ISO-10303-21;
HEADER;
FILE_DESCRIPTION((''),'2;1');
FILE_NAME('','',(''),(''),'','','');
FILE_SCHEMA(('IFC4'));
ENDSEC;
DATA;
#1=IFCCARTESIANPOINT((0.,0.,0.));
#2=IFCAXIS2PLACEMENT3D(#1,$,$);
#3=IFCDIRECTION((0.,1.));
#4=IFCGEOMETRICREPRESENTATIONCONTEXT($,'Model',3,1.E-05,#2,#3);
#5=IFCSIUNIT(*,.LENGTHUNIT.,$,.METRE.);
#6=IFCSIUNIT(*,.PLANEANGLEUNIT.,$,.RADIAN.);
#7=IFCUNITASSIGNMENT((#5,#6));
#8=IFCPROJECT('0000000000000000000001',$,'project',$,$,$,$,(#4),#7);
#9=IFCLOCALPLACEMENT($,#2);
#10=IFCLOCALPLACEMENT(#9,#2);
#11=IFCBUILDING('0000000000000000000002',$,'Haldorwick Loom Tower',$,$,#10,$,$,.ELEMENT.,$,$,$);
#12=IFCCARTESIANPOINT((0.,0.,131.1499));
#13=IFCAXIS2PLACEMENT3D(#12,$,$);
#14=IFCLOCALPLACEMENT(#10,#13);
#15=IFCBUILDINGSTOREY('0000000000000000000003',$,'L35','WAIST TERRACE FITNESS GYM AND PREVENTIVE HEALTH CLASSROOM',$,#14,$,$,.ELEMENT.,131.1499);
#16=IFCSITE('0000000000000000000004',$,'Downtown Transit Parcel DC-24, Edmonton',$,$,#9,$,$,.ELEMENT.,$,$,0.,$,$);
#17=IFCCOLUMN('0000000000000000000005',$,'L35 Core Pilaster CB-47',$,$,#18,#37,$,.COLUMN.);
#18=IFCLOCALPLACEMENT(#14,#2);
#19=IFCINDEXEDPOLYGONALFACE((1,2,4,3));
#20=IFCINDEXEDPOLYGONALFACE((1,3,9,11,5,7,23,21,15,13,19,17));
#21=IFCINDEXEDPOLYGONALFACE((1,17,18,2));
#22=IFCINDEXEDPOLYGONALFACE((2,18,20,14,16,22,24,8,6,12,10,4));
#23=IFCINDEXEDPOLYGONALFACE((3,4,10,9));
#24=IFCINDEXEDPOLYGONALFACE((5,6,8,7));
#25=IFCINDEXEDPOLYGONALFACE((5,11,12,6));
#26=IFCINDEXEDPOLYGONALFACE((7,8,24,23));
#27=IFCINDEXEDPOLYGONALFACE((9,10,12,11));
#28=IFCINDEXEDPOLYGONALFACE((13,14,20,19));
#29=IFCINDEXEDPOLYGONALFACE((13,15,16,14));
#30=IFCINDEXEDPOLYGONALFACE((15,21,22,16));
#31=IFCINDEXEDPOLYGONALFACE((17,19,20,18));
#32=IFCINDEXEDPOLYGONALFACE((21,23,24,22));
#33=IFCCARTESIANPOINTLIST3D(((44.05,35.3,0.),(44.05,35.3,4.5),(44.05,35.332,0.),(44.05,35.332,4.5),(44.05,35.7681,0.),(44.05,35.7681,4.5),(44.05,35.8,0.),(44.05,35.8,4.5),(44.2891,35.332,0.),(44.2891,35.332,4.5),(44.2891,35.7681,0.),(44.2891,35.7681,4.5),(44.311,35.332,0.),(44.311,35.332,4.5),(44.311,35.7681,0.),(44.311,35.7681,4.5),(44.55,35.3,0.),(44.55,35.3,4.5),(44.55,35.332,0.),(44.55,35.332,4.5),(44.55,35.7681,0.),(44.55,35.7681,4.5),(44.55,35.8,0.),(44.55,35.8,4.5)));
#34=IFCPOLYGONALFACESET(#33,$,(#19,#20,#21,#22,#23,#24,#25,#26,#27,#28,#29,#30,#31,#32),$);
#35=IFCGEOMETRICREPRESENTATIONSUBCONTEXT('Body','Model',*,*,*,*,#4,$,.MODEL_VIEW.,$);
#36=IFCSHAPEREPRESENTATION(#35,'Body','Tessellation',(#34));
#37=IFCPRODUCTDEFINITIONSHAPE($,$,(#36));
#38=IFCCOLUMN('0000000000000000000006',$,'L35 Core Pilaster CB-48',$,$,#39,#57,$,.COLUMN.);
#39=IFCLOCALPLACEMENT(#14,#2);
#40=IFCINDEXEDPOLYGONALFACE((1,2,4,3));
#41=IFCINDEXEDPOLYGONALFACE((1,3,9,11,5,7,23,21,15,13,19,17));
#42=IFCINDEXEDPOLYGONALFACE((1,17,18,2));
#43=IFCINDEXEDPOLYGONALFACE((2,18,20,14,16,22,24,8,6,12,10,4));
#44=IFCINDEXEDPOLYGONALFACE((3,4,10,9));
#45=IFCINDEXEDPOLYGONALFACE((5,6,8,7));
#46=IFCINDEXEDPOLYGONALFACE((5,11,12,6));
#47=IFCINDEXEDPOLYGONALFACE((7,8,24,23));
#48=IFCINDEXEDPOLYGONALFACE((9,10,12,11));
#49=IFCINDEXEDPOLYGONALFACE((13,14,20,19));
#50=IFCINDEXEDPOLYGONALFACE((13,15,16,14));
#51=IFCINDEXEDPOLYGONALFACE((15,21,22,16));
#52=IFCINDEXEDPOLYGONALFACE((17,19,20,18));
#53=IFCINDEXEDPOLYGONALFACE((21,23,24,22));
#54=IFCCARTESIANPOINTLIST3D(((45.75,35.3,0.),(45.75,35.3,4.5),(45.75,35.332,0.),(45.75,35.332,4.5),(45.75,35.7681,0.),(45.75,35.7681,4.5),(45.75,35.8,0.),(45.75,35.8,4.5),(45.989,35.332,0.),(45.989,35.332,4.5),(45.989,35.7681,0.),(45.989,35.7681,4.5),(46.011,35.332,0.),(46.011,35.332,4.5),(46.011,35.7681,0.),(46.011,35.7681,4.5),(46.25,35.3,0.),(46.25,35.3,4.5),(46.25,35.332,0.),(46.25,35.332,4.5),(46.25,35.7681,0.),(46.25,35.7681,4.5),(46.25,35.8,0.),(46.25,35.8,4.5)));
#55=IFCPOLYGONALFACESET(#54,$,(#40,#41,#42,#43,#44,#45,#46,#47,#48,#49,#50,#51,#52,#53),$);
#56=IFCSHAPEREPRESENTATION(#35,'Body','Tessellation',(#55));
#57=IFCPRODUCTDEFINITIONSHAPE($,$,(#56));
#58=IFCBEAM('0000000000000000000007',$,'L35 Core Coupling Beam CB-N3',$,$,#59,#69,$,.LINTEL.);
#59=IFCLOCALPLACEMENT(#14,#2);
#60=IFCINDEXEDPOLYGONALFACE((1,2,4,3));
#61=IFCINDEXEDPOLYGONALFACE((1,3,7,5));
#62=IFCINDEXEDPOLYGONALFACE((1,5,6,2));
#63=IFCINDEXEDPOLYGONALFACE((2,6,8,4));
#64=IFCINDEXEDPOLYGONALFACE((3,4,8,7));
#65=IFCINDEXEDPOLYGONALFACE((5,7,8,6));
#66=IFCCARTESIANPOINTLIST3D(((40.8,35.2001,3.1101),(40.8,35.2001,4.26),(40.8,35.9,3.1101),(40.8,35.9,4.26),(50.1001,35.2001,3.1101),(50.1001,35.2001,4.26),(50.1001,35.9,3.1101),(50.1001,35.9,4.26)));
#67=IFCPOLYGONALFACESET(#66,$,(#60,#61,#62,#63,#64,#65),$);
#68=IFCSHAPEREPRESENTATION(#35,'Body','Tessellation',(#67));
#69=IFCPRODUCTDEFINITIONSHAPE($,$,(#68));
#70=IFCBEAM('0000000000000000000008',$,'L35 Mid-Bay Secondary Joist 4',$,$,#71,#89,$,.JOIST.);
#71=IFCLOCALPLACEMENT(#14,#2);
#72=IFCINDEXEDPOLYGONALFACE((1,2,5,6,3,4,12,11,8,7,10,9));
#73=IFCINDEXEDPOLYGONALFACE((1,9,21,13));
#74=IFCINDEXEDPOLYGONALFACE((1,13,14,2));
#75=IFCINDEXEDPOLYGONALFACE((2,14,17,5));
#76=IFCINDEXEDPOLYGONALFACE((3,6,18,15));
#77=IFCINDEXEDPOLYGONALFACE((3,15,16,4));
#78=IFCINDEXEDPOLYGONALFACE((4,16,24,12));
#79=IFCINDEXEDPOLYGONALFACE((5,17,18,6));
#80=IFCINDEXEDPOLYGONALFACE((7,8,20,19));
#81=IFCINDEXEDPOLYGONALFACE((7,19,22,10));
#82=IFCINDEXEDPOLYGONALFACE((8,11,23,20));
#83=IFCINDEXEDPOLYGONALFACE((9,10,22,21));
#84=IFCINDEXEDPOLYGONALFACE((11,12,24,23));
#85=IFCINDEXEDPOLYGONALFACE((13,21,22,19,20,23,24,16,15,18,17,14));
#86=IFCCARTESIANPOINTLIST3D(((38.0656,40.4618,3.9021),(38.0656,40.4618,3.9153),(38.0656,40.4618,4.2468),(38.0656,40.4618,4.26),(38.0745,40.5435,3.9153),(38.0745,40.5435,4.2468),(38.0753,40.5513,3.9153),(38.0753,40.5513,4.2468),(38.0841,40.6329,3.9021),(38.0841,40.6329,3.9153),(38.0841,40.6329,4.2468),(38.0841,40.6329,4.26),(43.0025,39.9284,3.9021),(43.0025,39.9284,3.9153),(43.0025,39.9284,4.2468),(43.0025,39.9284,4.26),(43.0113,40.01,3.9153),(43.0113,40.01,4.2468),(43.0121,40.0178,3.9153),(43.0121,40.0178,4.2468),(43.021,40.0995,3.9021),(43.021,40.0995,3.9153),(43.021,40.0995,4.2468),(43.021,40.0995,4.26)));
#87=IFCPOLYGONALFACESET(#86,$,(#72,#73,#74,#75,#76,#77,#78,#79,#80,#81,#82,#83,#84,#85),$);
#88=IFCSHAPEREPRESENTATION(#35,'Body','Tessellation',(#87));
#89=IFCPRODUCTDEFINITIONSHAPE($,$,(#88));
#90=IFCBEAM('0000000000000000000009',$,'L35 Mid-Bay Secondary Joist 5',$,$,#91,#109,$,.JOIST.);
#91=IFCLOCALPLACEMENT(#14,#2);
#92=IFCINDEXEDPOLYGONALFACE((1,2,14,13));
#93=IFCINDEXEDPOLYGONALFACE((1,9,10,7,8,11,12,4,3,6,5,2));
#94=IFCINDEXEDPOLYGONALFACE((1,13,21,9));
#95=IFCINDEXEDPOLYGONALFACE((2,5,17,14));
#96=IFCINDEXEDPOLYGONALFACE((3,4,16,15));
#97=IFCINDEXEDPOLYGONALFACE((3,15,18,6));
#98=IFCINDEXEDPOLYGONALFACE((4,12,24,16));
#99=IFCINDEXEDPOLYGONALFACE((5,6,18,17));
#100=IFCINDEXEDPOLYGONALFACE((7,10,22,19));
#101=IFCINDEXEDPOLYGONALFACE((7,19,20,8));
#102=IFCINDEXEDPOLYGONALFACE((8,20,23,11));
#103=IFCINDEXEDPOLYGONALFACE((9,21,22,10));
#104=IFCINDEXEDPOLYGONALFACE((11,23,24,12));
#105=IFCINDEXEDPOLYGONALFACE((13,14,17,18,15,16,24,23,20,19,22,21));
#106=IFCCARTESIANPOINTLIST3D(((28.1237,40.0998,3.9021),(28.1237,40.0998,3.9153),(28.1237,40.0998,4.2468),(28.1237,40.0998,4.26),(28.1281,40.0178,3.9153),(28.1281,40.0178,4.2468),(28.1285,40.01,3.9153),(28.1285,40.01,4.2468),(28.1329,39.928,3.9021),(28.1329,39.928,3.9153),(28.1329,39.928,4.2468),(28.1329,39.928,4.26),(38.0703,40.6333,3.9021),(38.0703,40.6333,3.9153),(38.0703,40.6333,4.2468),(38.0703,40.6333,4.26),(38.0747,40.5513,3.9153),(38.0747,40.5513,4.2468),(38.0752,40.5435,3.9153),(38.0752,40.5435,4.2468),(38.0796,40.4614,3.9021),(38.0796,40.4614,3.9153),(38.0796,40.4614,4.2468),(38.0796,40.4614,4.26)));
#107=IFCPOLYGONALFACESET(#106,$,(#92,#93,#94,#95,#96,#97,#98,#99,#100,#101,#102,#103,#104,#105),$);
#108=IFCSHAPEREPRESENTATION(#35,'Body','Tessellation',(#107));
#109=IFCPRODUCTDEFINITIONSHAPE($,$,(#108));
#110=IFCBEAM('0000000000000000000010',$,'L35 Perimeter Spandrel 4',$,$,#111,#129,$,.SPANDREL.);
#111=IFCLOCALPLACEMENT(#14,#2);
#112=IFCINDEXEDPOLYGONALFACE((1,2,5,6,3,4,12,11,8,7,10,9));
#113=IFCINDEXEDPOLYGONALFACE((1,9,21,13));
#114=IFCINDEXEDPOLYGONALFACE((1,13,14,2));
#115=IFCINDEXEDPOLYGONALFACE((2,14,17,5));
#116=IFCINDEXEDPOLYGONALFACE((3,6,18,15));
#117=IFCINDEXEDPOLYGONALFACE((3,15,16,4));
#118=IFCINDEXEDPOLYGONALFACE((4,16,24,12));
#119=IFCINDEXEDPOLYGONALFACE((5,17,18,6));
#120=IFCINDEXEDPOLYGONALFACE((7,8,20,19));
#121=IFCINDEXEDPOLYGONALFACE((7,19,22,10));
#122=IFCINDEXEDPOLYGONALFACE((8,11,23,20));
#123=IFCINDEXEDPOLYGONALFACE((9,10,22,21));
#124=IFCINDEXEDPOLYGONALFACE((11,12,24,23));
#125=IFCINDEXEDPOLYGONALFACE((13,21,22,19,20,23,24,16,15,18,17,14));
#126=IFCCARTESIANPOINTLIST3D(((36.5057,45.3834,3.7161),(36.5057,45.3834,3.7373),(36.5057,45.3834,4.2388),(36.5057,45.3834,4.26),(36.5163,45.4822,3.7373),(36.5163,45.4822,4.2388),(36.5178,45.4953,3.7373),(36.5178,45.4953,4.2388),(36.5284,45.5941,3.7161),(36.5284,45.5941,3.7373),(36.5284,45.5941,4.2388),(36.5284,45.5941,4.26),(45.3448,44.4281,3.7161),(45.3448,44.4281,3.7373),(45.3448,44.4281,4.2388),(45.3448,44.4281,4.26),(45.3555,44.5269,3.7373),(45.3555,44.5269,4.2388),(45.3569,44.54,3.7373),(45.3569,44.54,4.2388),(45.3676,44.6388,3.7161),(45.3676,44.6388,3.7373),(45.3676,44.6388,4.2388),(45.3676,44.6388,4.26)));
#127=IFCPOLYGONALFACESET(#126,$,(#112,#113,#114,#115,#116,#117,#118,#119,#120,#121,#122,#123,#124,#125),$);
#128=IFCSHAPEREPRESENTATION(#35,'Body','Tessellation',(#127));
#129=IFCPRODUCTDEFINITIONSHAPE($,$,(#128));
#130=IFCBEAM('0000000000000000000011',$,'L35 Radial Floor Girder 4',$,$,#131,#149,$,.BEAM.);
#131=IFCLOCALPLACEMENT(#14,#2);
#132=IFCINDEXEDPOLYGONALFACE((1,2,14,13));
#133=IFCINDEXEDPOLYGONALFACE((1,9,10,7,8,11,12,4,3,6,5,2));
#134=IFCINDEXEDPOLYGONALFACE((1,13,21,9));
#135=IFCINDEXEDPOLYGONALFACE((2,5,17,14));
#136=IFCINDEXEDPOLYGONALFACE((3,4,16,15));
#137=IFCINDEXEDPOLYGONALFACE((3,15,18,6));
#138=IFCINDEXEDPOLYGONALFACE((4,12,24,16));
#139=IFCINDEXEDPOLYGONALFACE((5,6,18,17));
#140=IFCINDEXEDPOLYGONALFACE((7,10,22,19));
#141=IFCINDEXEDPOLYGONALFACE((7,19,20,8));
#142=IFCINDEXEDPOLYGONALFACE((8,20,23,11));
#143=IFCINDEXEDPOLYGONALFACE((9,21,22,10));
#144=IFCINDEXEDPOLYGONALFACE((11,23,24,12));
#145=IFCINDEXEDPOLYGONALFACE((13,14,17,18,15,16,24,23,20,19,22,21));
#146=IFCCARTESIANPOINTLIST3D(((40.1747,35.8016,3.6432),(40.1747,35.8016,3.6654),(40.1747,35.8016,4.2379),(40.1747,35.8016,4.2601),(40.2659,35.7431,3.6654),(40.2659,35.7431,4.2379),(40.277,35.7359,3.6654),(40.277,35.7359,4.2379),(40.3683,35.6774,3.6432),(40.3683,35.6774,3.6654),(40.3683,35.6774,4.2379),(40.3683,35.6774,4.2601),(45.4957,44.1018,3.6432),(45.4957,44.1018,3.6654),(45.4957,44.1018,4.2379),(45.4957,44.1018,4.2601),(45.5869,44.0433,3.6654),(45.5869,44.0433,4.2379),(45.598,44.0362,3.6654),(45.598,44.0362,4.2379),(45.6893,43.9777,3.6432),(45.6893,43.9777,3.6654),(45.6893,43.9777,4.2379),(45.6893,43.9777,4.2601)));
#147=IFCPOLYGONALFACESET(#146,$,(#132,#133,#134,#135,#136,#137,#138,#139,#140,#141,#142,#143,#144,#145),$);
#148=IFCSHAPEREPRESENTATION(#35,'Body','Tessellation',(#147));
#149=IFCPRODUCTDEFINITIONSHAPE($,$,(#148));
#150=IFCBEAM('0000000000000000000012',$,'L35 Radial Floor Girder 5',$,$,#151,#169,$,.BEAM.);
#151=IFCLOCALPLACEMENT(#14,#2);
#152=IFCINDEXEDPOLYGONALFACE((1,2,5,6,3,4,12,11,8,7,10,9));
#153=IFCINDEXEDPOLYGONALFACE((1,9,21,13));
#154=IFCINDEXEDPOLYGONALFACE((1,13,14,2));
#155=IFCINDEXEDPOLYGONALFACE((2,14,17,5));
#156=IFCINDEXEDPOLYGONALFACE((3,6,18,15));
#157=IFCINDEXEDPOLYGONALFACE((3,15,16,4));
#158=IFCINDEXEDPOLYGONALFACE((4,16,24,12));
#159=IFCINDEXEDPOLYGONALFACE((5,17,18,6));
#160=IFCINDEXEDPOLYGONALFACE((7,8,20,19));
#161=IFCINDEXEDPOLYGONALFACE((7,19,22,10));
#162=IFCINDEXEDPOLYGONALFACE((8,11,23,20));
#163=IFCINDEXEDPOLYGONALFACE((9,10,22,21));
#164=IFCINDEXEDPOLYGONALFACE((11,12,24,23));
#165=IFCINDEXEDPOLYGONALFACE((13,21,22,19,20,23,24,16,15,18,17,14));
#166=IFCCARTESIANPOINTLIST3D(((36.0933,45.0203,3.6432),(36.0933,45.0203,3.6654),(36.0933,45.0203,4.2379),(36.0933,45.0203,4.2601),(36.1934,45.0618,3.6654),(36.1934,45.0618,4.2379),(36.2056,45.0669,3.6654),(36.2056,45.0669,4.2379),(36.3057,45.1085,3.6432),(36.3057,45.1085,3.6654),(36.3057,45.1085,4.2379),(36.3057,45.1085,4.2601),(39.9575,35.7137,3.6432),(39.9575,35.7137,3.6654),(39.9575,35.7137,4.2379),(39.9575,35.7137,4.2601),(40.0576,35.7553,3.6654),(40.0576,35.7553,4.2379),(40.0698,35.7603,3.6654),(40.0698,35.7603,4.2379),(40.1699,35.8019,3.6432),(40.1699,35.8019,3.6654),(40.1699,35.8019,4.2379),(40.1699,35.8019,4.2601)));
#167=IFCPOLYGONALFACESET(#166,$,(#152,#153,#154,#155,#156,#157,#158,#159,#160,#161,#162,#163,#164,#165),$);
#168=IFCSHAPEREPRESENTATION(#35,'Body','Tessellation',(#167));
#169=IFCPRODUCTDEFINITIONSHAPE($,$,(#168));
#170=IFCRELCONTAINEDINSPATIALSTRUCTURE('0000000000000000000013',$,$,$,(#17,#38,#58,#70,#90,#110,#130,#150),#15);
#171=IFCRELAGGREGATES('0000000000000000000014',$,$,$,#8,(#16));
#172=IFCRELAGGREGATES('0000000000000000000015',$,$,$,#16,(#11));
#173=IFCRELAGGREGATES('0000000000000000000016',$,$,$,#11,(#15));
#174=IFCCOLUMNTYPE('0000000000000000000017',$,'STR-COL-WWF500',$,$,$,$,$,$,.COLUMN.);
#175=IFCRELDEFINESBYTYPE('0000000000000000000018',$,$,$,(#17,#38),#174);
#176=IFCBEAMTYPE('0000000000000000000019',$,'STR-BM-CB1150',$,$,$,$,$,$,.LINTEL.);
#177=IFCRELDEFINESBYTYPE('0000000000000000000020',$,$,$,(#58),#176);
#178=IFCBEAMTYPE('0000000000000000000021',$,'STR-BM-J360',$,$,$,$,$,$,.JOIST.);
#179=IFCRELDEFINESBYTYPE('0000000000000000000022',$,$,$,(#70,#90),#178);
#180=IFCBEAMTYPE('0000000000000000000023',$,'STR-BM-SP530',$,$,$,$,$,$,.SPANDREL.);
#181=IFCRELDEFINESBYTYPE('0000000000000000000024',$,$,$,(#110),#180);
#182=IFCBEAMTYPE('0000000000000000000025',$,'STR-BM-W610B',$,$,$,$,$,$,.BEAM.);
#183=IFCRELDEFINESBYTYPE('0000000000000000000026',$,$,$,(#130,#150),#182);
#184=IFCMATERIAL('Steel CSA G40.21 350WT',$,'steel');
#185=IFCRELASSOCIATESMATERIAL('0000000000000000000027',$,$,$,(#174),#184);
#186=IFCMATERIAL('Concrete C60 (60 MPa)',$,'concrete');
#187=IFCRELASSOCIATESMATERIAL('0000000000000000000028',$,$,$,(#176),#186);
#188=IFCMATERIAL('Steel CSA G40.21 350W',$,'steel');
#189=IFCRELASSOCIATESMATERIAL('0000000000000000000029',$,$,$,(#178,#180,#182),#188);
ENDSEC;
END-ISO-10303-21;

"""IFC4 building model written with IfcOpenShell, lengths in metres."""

from ifc_helpers import new_model, si_unit, direction, frame, origin, origin_2d, place, context, subcontext, project, spatial, rectangle, i_section, extrude, material, material_profile, profile_set, type_object, element, save


model = new_model("IFC4")

# Units and contexts
model_context = context("Model", 3, precision=1e-05, world=origin(), true_north=direction((0.0, 1.0)))
body_context = subcontext(model_context, "Body", "Model", "MODEL_VIEW")
ifc_project = project(units=[si_unit("LENGTHUNIT", "METRE"), si_unit("PLANEANGLEUNIT", "RADIAN")], contexts=[model_context])

# Site, building, storey
site_placement = place(None, origin())
site = spatial("IfcSite", under=ifc_project, at=site_placement, Name="Downtown Transit Parcel DC-24, Edmonton", CompositionType="ELEMENT", RefElevation=0.0)
building_placement = place(site_placement, origin())
building = spatial("IfcBuilding", under=site, at=building_placement, Name="Haldorwick Loom Tower", CompositionType="ELEMENT")
storey_placement = place(building_placement, frame((0.0, 0.0, 131.1499)))
storey = spatial("IfcBuildingStorey", under=building, at=storey_placement, Name="L35", Description="WAIST TERRACE FITNESS GYM AND PREVENTIVE HEALTH CLASSROOM", CompositionType="ELEMENT", Elevation=131.1499)

# Columns
ifc_material_1 = material(Name="Concrete C60 (60 MPa)", Category="concrete")
ifc_material_2 = material(Name="Steel CSA G40.21 350WT", Category="steel")
ifc_material_profile_1 = material_profile(ifc_material_2, i_section(OverallWidth=0.5, OverallDepth=0.5, WebThickness=0.022, FlangeThickness=0.032, at=origin_2d()), Name="WWF500X500", Category="steel")
ifc_profile_set_1 = profile_set([ifc_material_profile_1], Name="Steel CSA G40.21 350WT")
column_type_1 = type_object("IfcColumnType", Name="STR-COL-WWF500", PredefinedType="COLUMN", material=ifc_profile_set_1)
for number, where, z_axis, x_axis, name in (
    (1, (44.3, 35.55, 0.0), (0.0, 0.0, 1.0), (1.0, 0.0, 0.0), "L35 Core Pilaster CB-47"),
    (2, (46.0, 35.55, 0.0), (0.0, 0.0, 1.0), (1.0, 0.0, 0.0), "L35 Core Pilaster CB-48"),
):
    element("IfcColumn", number, at=place(storey_placement, frame(where, z_axis=z_axis, x_axis=x_axis)), inside=storey, type_object=column_type_1, Name=name, PredefinedType="COLUMN", context=body_context, shape_type="SweptSolid", body=[
        extrude(i_section(OverallWidth=0.5, OverallDepth=0.5, WebThickness=0.022, FlangeThickness=0.032, at=origin_2d()), origin(), (0.0, 0.0, 1.0), 4.5),
    ])

# Beams
ifc_material_profile_2 = material_profile(ifc_material_1, rectangle(XDim=0.7, YDim=1.1499, at=origin_2d()), Name="RC700X1150", Category="concrete")
ifc_profile_set_2 = profile_set([ifc_material_profile_2], Name="Concrete C60 (60 MPa)")
beam_type_1 = type_object("IfcBeamType", Name="STR-BM-CB1150", PredefinedType="LINTEL", material=ifc_profile_set_2)
beam_1_placement = place(storey_placement, frame((40.8, 35.55, 3.6851), z_axis=(1.0, 0.0, 0.0), x_axis=(0.0, 1.0, 0.0)))
element("IfcBeam", 3, at=beam_1_placement, inside=storey, type_object=beam_type_1, Name="L35 Core Coupling Beam CB-N3", PredefinedType="LINTEL", context=body_context, shape_type="SweptSolid", body=[
    extrude(rectangle(XDim=0.7, YDim=1.1499, at=origin_2d()), origin(), (0.0, 0.0, 1.0), 9.3),
])
ifc_material_3 = material(Name="Steel CSA G40.21 350W", Category="steel")
ifc_material_profile_3 = material_profile(ifc_material_3, i_section(OverallWidth=0.1721, OverallDepth=0.3579, WebThickness=0.0078, FlangeThickness=0.0132, at=origin_2d()), Name="W360X57", Category="steel")
ifc_profile_set_3 = profile_set([ifc_material_profile_3], Name="Steel CSA G40.21 350W")
beam_type_2 = type_object("IfcBeamType", Name="STR-BM-J360", PredefinedType="JOIST", material=ifc_profile_set_3)
beam_2_placement = place(storey_placement, frame((43.0117, 40.0139, 4.0811), z_axis=(-0.994213, 0.107431, 0.0), x_axis=(-0.107431, -0.994213, 0.0)))
element("IfcBeam", 4, at=beam_2_placement, inside=storey, type_object=beam_type_2, Name="L35 Mid-Bay Secondary Joist 4", PredefinedType="JOIST", context=body_context, shape_type="SweptSolid", body=[
    extrude(i_section(OverallWidth=0.1721, OverallDepth=0.3579, WebThickness=0.0078, FlangeThickness=0.0132, at=origin_2d()), origin(), (0.0, 0.0, 1.0), 4.9656),
])
beam_3_placement = place(storey_placement, frame((38.075, 40.5474, 4.0811), z_axis=(-0.998565, -0.053555, 0.0), x_axis=(0.053555, -0.998565, 0.0)))
element("IfcBeam", 5, at=beam_3_placement, inside=storey, type_object=beam_type_2, Name="L35 Mid-Bay Secondary Joist 5", PredefinedType="JOIST", context=body_context, shape_type="SweptSolid", body=[
    extrude(i_section(OverallWidth=0.1721, OverallDepth=0.3579, WebThickness=0.0078, FlangeThickness=0.0132, at=origin_2d()), origin(), (0.0, 0.0, 1.0), 9.9609),
])
ifc_material_profile_4 = material_profile(ifc_material_3, i_section(OverallWidth=0.2119, OverallDepth=0.5439, WebThickness=0.0132, FlangeThickness=0.0212, at=origin_2d()), Name="W530X123", Category="steel")
ifc_profile_set_4 = profile_set([ifc_material_profile_4], Name="Steel CSA G40.21 350W")
beam_type_3 = type_object("IfcBeamType", Name="STR-BM-SP530", PredefinedType="SPANDREL", material=ifc_profile_set_4)
beam_4_placement = place(storey_placement, frame((45.3562, 44.5334, 3.988), z_axis=(-0.99421, 0.107453, 0.0), x_axis=(-0.107453, -0.99421, 0.0)))
element("IfcBeam", 6, at=beam_4_placement, inside=storey, type_object=beam_type_3, Name="L35 Perimeter Spandrel 4", PredefinedType="SPANDREL", context=body_context, shape_type="SweptSolid", body=[
    extrude(i_section(OverallWidth=0.2119, OverallDepth=0.5439, WebThickness=0.0132, FlangeThickness=0.0212, at=origin_2d()), origin(), (0.0, 0.0, 1.0), 8.8906),
])
ifc_material_profile_5 = material_profile(ifc_material_3, i_section(OverallWidth=0.23, OverallDepth=0.6169, WebThickness=0.0132, FlangeThickness=0.0222, at=origin_2d()), Name="W610X140", Category="steel")
ifc_profile_set_5 = profile_set([ifc_material_profile_5], Name="Steel CSA G40.21 350W")
beam_type_4 = type_object("IfcBeamType", Name="STR-BM-W610B", PredefinedType="BEAM", material=ifc_profile_set_5)
beam_5_placement = place(storey_placement, frame((40.2715, 35.7395, 3.9517), z_axis=(0.539691, 0.841863, 0.0), x_axis=(-0.841863, 0.539691, 0.0)))
element("IfcBeam", 7, at=beam_5_placement, inside=storey, type_object=beam_type_4, Name="L35 Radial Floor Girder 4", PredefinedType="BEAM", context=body_context, shape_type="SweptSolid", body=[
    extrude(i_section(OverallWidth=0.23, OverallDepth=0.6169, WebThickness=0.0132, FlangeThickness=0.0222, at=origin_2d()), origin(), (0.0, 0.0, 1.0), 9.8594),
])
beam_6_placement = place(storey_placement, frame((40.0637, 35.7578, 3.9517), z_axis=(-0.383473, 0.923552, 0.0), x_axis=(-0.923552, -0.383473, 0.0)))
element("IfcBeam", 8, at=beam_6_placement, inside=storey, type_object=beam_type_4, Name="L35 Radial Floor Girder 5", PredefinedType="BEAM", context=body_context, shape_type="SweptSolid", body=[
    extrude(i_section(OverallWidth=0.23, OverallDepth=0.6169, WebThickness=0.0132, FlangeThickness=0.0222, at=origin_2d()), origin(), (0.0, 0.0, 1.0), 10.0769),
])

save(model, "model.ifc")
